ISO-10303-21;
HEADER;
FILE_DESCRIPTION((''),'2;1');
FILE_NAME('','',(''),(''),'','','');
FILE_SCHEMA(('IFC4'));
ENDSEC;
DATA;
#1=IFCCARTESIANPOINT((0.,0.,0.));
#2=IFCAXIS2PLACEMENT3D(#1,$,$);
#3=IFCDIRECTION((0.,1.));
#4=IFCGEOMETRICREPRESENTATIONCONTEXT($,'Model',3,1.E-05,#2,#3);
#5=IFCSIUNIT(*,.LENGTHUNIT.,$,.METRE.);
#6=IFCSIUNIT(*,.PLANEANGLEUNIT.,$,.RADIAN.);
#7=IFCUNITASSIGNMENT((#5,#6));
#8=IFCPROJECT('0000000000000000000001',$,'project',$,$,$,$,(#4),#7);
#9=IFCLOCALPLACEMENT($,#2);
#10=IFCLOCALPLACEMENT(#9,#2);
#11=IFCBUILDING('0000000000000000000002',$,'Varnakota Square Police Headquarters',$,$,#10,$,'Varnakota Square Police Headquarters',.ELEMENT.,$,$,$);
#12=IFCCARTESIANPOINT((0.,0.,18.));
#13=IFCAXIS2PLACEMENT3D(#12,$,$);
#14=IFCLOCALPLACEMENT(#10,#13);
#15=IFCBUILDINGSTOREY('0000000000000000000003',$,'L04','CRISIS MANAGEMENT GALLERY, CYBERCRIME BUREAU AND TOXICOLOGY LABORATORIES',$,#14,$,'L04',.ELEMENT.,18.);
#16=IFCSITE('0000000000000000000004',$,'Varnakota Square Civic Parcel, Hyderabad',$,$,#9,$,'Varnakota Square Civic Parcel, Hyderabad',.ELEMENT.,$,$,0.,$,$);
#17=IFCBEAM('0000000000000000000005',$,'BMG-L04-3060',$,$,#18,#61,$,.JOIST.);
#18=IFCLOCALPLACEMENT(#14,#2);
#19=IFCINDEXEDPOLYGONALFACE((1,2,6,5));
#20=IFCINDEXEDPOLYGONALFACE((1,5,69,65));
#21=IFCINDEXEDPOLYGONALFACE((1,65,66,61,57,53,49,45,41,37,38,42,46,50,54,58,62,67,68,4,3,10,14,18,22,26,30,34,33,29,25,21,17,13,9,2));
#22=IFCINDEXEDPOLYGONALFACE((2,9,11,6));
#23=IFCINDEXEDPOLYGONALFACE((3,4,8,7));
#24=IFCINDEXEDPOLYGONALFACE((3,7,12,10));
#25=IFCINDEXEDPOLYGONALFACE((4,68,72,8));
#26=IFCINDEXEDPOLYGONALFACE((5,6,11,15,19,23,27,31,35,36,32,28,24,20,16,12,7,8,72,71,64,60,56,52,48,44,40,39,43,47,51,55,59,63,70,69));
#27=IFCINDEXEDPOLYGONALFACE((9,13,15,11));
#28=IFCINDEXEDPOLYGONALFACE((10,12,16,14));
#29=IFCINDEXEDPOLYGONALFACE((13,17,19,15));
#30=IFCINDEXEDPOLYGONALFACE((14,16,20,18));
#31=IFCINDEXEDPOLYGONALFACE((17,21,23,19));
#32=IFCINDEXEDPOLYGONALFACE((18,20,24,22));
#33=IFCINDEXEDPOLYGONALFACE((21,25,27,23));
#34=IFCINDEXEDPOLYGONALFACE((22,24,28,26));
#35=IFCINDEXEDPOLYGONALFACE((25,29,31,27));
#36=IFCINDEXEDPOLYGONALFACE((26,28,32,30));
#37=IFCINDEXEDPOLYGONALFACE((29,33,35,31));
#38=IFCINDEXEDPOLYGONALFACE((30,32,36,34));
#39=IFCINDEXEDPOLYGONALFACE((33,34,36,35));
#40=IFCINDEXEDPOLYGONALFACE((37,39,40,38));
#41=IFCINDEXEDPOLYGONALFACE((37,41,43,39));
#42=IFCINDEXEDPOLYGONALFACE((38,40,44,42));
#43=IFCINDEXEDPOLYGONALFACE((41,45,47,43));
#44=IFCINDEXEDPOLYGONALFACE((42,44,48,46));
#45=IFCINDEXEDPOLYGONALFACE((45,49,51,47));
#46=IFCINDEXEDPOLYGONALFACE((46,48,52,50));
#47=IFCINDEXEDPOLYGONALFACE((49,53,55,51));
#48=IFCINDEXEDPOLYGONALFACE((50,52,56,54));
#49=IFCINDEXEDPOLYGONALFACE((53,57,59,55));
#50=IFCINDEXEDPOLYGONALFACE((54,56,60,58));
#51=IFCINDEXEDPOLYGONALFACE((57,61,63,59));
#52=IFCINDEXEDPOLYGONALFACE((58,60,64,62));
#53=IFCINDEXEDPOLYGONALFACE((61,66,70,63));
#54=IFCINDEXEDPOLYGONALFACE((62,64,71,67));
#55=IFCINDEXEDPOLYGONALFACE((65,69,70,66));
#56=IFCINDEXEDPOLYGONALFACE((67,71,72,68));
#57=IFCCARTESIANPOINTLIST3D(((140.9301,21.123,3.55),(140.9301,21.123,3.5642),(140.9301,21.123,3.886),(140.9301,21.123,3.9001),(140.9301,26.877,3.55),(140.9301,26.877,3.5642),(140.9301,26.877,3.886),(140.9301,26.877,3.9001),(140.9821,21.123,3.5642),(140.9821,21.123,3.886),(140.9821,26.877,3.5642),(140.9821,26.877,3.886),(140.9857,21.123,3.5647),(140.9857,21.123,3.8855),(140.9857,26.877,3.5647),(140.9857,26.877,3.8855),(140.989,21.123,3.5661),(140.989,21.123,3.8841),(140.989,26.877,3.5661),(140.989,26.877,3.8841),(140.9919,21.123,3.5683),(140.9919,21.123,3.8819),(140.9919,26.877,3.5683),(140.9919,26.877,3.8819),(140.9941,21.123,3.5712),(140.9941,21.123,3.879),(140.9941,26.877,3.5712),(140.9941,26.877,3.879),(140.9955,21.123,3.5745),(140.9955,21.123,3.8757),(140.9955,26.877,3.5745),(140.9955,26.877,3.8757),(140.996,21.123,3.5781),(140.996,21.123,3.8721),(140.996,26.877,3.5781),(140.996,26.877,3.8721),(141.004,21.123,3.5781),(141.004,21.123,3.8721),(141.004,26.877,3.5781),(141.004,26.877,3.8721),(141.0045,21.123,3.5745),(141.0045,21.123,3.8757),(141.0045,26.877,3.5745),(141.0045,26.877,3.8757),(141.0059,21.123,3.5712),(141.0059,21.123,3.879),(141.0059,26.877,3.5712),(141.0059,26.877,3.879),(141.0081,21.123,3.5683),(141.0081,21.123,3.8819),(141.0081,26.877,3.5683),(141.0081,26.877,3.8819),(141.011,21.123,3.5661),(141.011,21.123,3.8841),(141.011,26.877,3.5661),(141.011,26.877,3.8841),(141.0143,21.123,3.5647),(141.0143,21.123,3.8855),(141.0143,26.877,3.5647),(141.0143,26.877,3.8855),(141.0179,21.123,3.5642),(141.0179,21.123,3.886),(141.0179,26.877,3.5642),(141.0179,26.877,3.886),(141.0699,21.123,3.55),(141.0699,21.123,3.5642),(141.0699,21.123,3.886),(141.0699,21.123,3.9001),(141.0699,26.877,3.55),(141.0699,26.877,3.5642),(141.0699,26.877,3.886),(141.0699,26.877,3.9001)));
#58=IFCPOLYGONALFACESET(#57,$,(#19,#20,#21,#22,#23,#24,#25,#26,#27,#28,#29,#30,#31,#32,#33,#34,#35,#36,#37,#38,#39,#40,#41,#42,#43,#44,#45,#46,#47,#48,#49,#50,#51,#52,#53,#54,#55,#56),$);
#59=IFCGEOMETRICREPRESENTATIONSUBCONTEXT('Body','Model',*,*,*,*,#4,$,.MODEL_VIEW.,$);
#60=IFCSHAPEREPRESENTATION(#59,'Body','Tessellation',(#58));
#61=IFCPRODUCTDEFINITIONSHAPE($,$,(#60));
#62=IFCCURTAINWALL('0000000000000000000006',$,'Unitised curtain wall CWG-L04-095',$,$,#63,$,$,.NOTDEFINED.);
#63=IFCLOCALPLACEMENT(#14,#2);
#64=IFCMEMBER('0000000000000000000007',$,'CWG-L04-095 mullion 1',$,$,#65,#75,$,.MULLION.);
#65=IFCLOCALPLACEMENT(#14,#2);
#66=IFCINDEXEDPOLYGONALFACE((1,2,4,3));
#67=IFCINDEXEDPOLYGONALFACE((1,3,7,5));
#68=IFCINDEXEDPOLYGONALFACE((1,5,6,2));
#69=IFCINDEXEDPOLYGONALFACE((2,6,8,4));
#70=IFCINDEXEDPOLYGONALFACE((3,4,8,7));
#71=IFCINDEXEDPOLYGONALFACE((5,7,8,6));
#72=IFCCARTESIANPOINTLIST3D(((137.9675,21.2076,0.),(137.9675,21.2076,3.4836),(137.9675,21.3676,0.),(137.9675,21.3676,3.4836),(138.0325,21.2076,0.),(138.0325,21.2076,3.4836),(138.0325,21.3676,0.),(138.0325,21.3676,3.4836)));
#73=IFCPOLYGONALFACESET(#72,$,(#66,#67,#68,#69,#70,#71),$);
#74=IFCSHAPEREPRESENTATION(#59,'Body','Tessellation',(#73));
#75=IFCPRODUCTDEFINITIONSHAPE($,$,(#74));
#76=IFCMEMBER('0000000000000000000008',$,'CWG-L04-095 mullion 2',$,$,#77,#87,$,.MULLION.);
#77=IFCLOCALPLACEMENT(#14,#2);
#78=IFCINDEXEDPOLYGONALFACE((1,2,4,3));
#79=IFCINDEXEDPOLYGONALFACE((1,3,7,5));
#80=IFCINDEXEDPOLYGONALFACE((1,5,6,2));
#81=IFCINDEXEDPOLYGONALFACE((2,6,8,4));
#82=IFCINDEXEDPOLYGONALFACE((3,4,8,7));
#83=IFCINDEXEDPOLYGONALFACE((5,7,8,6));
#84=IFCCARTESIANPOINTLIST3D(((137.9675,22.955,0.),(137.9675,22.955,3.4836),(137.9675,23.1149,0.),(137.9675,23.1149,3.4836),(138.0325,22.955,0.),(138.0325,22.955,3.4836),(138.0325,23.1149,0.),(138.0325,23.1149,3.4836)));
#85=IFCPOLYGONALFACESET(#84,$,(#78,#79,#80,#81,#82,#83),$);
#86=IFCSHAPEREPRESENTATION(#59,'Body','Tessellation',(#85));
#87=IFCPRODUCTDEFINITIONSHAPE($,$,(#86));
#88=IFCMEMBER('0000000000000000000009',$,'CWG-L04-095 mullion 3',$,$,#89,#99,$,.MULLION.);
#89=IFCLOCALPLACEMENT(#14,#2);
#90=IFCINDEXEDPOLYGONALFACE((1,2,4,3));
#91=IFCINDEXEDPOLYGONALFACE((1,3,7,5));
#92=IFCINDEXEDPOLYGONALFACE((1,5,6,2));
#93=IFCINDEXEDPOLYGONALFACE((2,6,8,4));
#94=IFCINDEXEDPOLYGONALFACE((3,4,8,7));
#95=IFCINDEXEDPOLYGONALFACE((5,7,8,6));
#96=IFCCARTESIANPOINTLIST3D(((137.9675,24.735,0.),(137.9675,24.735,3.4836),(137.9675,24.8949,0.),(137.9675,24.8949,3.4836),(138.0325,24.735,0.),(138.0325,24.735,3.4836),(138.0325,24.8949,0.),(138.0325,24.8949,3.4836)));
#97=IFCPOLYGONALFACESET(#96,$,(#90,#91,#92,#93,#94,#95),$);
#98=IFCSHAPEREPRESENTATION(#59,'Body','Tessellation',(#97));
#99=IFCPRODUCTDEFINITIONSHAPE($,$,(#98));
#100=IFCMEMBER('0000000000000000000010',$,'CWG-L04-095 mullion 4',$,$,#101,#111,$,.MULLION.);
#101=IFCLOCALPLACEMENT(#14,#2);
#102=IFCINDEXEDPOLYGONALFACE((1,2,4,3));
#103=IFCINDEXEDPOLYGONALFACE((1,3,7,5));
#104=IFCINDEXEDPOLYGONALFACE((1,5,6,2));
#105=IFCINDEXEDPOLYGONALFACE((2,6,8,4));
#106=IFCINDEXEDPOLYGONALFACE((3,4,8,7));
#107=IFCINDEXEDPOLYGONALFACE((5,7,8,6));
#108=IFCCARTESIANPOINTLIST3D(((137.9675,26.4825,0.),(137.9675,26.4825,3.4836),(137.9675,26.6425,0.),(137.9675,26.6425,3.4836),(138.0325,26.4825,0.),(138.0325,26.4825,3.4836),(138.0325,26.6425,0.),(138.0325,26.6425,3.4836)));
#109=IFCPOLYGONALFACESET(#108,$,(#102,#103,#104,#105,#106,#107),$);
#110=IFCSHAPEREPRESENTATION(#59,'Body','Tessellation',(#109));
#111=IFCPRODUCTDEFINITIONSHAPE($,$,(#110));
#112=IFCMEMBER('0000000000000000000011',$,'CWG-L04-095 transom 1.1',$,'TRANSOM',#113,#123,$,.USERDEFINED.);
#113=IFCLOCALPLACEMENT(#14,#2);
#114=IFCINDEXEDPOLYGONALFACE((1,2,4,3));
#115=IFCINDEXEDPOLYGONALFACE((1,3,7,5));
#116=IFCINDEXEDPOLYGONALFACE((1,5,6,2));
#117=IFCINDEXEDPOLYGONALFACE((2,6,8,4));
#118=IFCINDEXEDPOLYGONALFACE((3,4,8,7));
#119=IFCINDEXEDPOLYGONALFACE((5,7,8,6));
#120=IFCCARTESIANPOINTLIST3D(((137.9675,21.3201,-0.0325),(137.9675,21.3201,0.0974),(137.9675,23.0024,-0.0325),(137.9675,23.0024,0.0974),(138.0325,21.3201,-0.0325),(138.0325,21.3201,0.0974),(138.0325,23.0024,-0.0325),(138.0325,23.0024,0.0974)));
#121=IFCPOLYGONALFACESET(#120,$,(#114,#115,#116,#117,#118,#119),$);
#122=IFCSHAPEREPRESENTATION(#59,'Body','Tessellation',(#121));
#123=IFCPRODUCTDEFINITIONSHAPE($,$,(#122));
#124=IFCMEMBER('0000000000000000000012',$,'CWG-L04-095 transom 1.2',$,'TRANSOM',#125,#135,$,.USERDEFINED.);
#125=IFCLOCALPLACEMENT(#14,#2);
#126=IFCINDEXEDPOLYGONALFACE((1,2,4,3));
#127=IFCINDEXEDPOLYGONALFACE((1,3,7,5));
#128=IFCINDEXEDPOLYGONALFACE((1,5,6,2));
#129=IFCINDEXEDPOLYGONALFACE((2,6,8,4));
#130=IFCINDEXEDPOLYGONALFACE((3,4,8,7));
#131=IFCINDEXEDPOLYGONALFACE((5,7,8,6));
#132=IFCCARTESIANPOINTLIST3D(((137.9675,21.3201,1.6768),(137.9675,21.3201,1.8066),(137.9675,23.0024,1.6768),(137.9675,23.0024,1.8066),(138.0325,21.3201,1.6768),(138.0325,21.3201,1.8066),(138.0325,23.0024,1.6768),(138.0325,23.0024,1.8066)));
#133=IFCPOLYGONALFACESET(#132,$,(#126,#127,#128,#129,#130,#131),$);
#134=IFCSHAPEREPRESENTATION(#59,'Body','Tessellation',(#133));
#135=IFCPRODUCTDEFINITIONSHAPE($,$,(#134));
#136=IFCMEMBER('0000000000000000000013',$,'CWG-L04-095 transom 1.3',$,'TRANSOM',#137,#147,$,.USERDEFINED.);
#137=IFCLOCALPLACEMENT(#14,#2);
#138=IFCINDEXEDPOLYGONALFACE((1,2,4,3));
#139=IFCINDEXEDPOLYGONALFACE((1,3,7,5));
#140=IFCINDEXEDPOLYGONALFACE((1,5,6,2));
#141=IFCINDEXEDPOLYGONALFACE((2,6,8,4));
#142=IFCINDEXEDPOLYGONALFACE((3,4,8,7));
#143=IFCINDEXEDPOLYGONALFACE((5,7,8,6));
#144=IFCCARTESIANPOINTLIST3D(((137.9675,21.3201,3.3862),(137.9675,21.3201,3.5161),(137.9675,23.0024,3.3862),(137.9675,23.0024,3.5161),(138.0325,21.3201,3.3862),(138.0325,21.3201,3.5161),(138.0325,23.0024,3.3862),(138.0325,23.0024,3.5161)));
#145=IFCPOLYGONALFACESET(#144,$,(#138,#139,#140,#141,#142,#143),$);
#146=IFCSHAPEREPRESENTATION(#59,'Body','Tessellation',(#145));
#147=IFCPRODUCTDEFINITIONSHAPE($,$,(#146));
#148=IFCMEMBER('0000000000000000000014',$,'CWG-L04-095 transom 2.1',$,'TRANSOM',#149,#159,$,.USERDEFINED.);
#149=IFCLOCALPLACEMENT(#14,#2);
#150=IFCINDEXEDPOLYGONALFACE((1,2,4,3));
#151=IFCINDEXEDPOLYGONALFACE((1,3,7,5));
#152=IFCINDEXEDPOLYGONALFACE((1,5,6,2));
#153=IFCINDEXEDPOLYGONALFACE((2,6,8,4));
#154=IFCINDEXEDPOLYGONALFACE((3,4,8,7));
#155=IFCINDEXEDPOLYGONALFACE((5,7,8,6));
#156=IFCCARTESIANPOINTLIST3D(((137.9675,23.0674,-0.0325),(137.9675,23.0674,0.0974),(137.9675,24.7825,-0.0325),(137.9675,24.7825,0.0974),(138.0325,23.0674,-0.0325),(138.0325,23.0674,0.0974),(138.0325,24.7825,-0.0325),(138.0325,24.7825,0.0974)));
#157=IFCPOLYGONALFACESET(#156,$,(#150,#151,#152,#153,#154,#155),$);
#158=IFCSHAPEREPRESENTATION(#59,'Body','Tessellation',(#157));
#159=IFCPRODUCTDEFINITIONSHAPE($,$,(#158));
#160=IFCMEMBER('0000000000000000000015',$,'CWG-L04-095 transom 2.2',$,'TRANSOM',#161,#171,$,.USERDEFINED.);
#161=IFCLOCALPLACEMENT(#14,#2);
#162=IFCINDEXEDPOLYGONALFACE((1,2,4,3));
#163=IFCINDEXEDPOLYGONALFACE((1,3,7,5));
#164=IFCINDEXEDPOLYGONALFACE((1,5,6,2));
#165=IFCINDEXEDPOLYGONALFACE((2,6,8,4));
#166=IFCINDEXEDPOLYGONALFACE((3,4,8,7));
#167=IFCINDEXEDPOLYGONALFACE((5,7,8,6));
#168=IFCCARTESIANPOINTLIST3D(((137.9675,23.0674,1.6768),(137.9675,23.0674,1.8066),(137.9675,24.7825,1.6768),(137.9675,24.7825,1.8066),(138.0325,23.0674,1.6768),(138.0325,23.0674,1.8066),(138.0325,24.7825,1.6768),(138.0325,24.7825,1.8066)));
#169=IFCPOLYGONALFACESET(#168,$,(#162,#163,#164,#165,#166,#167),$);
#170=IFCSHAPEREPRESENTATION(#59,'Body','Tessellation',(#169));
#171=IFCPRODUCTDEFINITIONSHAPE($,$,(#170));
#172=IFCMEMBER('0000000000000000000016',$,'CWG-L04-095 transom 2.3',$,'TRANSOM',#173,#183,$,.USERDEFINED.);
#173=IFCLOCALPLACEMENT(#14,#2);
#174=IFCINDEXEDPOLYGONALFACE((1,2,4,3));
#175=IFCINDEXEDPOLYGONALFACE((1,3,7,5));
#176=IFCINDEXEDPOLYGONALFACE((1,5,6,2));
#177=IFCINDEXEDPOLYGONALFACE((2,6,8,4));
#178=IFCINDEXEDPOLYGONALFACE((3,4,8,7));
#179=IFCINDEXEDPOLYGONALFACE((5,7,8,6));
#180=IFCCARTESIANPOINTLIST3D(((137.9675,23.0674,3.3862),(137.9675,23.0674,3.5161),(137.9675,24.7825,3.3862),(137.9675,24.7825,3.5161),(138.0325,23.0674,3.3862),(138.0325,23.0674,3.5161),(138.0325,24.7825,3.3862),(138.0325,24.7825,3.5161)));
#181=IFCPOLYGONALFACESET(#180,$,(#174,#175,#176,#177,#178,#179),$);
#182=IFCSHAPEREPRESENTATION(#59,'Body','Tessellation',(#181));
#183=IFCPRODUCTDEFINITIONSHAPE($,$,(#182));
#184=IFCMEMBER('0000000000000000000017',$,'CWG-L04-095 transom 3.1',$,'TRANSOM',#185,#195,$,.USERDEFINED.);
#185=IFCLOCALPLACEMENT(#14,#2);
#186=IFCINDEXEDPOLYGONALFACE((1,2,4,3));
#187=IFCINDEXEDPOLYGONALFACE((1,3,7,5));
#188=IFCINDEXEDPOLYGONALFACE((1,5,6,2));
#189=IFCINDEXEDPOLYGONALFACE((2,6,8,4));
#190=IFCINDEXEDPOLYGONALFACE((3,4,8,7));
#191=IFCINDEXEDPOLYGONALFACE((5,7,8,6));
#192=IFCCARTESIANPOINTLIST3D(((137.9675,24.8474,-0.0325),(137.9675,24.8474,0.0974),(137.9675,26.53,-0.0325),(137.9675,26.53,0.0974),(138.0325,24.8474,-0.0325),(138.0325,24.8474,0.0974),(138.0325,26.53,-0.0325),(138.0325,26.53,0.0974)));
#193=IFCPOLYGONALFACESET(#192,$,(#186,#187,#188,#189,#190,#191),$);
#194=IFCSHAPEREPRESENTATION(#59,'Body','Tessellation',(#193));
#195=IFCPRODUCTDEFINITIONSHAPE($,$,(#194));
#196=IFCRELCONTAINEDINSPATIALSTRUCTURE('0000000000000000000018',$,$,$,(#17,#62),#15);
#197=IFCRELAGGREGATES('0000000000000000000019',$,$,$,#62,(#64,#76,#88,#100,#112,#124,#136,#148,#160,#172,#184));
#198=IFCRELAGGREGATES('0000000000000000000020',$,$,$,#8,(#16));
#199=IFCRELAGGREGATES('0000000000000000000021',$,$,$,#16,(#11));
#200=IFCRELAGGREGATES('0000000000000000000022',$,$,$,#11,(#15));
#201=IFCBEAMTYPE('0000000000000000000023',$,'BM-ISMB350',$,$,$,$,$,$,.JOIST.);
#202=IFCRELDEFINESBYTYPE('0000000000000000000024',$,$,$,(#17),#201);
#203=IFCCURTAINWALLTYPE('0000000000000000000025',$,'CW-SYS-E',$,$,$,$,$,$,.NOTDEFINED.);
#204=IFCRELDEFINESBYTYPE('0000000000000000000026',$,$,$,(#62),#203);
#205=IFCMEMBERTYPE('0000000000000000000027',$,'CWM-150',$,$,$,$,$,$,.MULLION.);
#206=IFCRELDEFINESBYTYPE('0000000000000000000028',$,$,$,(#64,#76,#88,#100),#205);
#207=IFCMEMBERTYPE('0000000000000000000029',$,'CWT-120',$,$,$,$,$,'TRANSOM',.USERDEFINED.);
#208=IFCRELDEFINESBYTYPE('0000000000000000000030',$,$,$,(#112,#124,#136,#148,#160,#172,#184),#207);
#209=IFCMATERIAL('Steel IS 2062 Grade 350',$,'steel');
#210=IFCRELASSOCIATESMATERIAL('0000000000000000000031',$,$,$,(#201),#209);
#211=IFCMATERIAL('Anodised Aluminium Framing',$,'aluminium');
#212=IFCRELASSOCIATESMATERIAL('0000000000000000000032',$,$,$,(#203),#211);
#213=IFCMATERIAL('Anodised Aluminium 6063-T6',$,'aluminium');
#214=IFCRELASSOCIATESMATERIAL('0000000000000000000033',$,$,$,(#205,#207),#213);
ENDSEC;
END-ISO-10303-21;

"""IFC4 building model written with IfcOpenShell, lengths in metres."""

from ifc_helpers import new_model, si_unit, direction, frame, origin, origin_2d, place, context, subcontext, project, spatial, rectangle, i_section, extrude, material, material_profile, profile_set, type_object, element, aggregate, save


model = new_model("IFC4")

# Units and contexts
model_context = context("Model", 3, precision=1e-05, world=origin(), true_north=direction((0.0, 1.0)))
body_context = subcontext(model_context, "Body", "Model", "MODEL_VIEW")
ifc_project = project(units=[si_unit("LENGTHUNIT", "METRE"), si_unit("PLANEANGLEUNIT", "RADIAN")], contexts=[model_context])

# Site, building, storey
site_placement = place(None, origin())
site = spatial("IfcSite", under=ifc_project, at=site_placement, Name="Varnakota Square Civic Parcel, Hyderabad", LongName="Varnakota Square Civic Parcel, Hyderabad", CompositionType="ELEMENT", RefElevation=0.0)
building_placement = place(site_placement, origin())
building = spatial("IfcBuilding", under=site, at=building_placement, Name="Varnakota Square Police Headquarters", LongName="Varnakota Square Police Headquarters", CompositionType="ELEMENT")
storey_placement = place(building_placement, frame((0.0, 0.0, 18.0)))
storey = spatial("IfcBuildingStorey", under=building, at=storey_placement, Name="L04", Description="CRISIS MANAGEMENT GALLERY, CYBERCRIME BUREAU AND TOXICOLOGY LABORATORIES", LongName="L04", CompositionType="ELEMENT", Elevation=18.0)

# Shared definitions
ifc_material_1 = material(Name="Steel IS 2062 Grade 350", Category="steel")

# Beam
ifc_material_profile_1 = material_profile(ifc_material_1, i_section(OverallWidth=0.1399, OverallDepth=0.3501, WebThickness=0.0081, FlangeThickness=0.0142, FilletRadius=0.0139, at=origin_2d()), Name="ISMB 350")
ifc_profile_set_1 = profile_set([ifc_material_profile_1], Name="Steel IS 2062 Grade 350")
beam_type_1 = type_object("IfcBeamType", Name="BM-ISMB350", PredefinedType="JOIST", material=ifc_profile_set_1)
beam_1_placement = place(storey_placement, frame((141.0, 21.123, 3.7251), z_axis=(0.0, 1.0, 0.0), x_axis=(-1.0, 0.0, 0.0)))
element("IfcBeam", 1, at=beam_1_placement, inside=storey, type_object=beam_type_1, Name="BMG-L04-3060", PredefinedType="JOIST", context=body_context, shape_type="SweptSolid", body=[
    extrude(i_section(OverallWidth=0.1399, OverallDepth=0.3501, WebThickness=0.0081, FlangeThickness=0.0142, FilletRadius=0.0139, at=origin_2d()), origin(), (0.0, 0.0, 1.0), 5.7539),
])

# Curtain wall, members
ifc_material_2 = material(Name="Anodised Aluminium Framing", Category="aluminium")
curtain_wall_type = type_object("IfcCurtainWallType", Name="CW-SYS-E", PredefinedType="NOTDEFINED", material=ifc_material_2)
curtain_wall_placement = place(storey_placement, origin())
curtain_wall = element("IfcCurtainWall", 2, at=curtain_wall_placement, inside=storey, type_object=curtain_wall_type, Name="Unitised curtain wall CWG-L04-095", PredefinedType="NOTDEFINED")
ifc_material_3 = material(Name="Anodised Aluminium 6063-T6", Category="aluminium")
ifc_material_profile_2 = material_profile(ifc_material_3, rectangle(XDim=0.0649, YDim=0.1599, at=origin_2d()), Name="ALU MULLION 65x160")
ifc_profile_set_2 = profile_set([ifc_material_profile_2], Name="Anodised Aluminium 6063-T6")
member_type_1 = type_object("IfcMemberType", Name="CWM-150", PredefinedType="MULLION", material=ifc_profile_set_2)
member_1_placement = place(storey_placement, frame((138.0, 21.2876, 0.0), z_axis=(0.0, 0.0, 1.0), x_axis=(-1.0, 0.0, 0.0)))
member_1 = element("IfcMember", 3, at=member_1_placement, type_object=member_type_1, Name="CWG-L04-095 mullion 1", PredefinedType="MULLION", context=body_context, shape_type="SweptSolid", body=[
    extrude(rectangle(XDim=0.0649, YDim=0.1599, at=origin_2d()), origin(), (0.0, 0.0, 1.0), 3.4836),
])
member_2_placement = place(storey_placement, frame((138.0, 23.0349, 0.0), z_axis=(0.0, 0.0, 1.0), x_axis=(-1.0, 0.0, 0.0)))
member_2 = element("IfcMember", 4, at=member_2_placement, type_object=member_type_1, Name="CWG-L04-095 mullion 2", PredefinedType="MULLION", context=body_context, shape_type="SweptSolid", body=[
    extrude(rectangle(XDim=0.0649, YDim=0.1599, at=origin_2d()), origin(), (0.0, 0.0, 1.0), 3.4836),
])
member_3_placement = place(storey_placement, frame((138.0, 24.8149, 0.0), z_axis=(0.0, 0.0, 1.0), x_axis=(-1.0, 0.0, 0.0)))
member_3 = element("IfcMember", 5, at=member_3_placement, type_object=member_type_1, Name="CWG-L04-095 mullion 3", PredefinedType="MULLION", context=body_context, shape_type="SweptSolid", body=[
    extrude(rectangle(XDim=0.0649, YDim=0.1599, at=origin_2d()), origin(), (0.0, 0.0, 1.0), 3.4836),
])
member_4_placement = place(storey_placement, frame((138.0, 26.5625, 0.0), z_axis=(0.0, 0.0, 1.0), x_axis=(-1.0, 0.0, 0.0)))
member_4 = element("IfcMember", 6, at=member_4_placement, type_object=member_type_1, Name="CWG-L04-095 mullion 4", PredefinedType="MULLION", context=body_context, shape_type="SweptSolid", body=[
    extrude(rectangle(XDim=0.0649, YDim=0.1599, at=origin_2d()), origin(), (0.0, 0.0, 1.0), 3.4836),
])
ifc_material_profile_3 = material_profile(ifc_material_3, rectangle(XDim=0.0649, YDim=0.1299, at=origin_2d()), Name="ALU TRANSOM 65x130")
ifc_profile_set_3 = profile_set([ifc_material_profile_3], Name="Anodised Aluminium 6063-T6")
member_type_2 = type_object("IfcMemberType", Name="CWT-120", ElementType="TRANSOM", PredefinedType="USERDEFINED", material=ifc_profile_set_3)
member_5_placement = place(storey_placement, frame((138.0, 21.3201, 0.0325), z_axis=(0.0, 1.0, 0.0), x_axis=(-1.0, 0.0, 0.0)))
member_5 = element("IfcMember", 7, at=member_5_placement, type_object=member_type_2, Name="CWG-L04-095 transom 1.1", ObjectType="TRANSOM", PredefinedType="USERDEFINED", context=body_context, shape_type="SweptSolid", body=[
    extrude(rectangle(XDim=0.0649, YDim=0.1299, at=origin_2d()), origin(), (0.0, 0.0, 1.0), 1.6824),
])
member_6_placement = place(storey_placement, frame((138.0, 21.3201, 1.7417), z_axis=(0.0, 1.0, 0.0), x_axis=(-1.0, 0.0, 0.0)))
member_6 = element("IfcMember", 8, at=member_6_placement, type_object=member_type_2, Name="CWG-L04-095 transom 1.2", ObjectType="TRANSOM", PredefinedType="USERDEFINED", context=body_context, shape_type="SweptSolid", body=[
    extrude(rectangle(XDim=0.0649, YDim=0.1299, at=origin_2d()), origin(), (0.0, 0.0, 1.0), 1.6824),
])
member_7_placement = place(storey_placement, frame((138.0, 21.3201, 3.4512), z_axis=(0.0, 1.0, 0.0), x_axis=(-1.0, 0.0, 0.0)))
member_7 = element("IfcMember", 9, at=member_7_placement, type_object=member_type_2, Name="CWG-L04-095 transom 1.3", ObjectType="TRANSOM", PredefinedType="USERDEFINED", context=body_context, shape_type="SweptSolid", body=[
    extrude(rectangle(XDim=0.0649, YDim=0.1299, at=origin_2d()), origin(), (0.0, 0.0, 1.0), 1.6824),
])
member_8_placement = place(storey_placement, frame((138.0, 23.0674, 0.0325), z_axis=(0.0, 1.0, 0.0), x_axis=(-1.0, 0.0, 0.0)))
member_8 = element("IfcMember", 10, at=member_8_placement, type_object=member_type_2, Name="CWG-L04-095 transom 2.1", ObjectType="TRANSOM", PredefinedType="USERDEFINED", context=body_context, shape_type="SweptSolid", body=[
    extrude(rectangle(XDim=0.0649, YDim=0.1299, at=origin_2d()), origin(), (0.0, 0.0, 1.0), 1.7151),
])
member_9_placement = place(storey_placement, frame((138.0, 23.0674, 1.7417), z_axis=(0.0, 1.0, 0.0), x_axis=(-1.0, 0.0, 0.0)))
member_9 = element("IfcMember", 11, at=member_9_placement, type_object=member_type_2, Name="CWG-L04-095 transom 2.2", ObjectType="TRANSOM", PredefinedType="USERDEFINED", context=body_context, shape_type="SweptSolid", body=[
    extrude(rectangle(XDim=0.0649, YDim=0.1299, at=origin_2d()), origin(), (0.0, 0.0, 1.0), 1.7151),
])
member_10_placement = place(storey_placement, frame((138.0, 23.0674, 3.4512), z_axis=(0.0, 1.0, 0.0), x_axis=(-1.0, 0.0, 0.0)))
member_10 = element("IfcMember", 12, at=member_10_placement, type_object=member_type_2, Name="CWG-L04-095 transom 2.3", ObjectType="TRANSOM", PredefinedType="USERDEFINED", context=body_context, shape_type="SweptSolid", body=[
    extrude(rectangle(XDim=0.0649, YDim=0.1299, at=origin_2d()), origin(), (0.0, 0.0, 1.0), 1.7151),
])
member_11_placement = place(storey_placement, frame((138.0, 24.8474, 0.0325), z_axis=(0.0, 1.0, 0.0), x_axis=(-1.0, 0.0, 0.0)))
member_11 = element("IfcMember", 13, at=member_11_placement, type_object=member_type_2, Name="CWG-L04-095 transom 3.1", ObjectType="TRANSOM", PredefinedType="USERDEFINED", context=body_context, shape_type="SweptSolid", body=[
    extrude(rectangle(XDim=0.0649, YDim=0.1299, at=origin_2d()), origin(), (0.0, 0.0, 1.0), 1.6826),
])
aggregate(curtain_wall, [member_1, member_2, member_3, member_4, member_5, member_6, member_7, member_8, member_9, member_10, member_11])

save(model, "model.ifc")
